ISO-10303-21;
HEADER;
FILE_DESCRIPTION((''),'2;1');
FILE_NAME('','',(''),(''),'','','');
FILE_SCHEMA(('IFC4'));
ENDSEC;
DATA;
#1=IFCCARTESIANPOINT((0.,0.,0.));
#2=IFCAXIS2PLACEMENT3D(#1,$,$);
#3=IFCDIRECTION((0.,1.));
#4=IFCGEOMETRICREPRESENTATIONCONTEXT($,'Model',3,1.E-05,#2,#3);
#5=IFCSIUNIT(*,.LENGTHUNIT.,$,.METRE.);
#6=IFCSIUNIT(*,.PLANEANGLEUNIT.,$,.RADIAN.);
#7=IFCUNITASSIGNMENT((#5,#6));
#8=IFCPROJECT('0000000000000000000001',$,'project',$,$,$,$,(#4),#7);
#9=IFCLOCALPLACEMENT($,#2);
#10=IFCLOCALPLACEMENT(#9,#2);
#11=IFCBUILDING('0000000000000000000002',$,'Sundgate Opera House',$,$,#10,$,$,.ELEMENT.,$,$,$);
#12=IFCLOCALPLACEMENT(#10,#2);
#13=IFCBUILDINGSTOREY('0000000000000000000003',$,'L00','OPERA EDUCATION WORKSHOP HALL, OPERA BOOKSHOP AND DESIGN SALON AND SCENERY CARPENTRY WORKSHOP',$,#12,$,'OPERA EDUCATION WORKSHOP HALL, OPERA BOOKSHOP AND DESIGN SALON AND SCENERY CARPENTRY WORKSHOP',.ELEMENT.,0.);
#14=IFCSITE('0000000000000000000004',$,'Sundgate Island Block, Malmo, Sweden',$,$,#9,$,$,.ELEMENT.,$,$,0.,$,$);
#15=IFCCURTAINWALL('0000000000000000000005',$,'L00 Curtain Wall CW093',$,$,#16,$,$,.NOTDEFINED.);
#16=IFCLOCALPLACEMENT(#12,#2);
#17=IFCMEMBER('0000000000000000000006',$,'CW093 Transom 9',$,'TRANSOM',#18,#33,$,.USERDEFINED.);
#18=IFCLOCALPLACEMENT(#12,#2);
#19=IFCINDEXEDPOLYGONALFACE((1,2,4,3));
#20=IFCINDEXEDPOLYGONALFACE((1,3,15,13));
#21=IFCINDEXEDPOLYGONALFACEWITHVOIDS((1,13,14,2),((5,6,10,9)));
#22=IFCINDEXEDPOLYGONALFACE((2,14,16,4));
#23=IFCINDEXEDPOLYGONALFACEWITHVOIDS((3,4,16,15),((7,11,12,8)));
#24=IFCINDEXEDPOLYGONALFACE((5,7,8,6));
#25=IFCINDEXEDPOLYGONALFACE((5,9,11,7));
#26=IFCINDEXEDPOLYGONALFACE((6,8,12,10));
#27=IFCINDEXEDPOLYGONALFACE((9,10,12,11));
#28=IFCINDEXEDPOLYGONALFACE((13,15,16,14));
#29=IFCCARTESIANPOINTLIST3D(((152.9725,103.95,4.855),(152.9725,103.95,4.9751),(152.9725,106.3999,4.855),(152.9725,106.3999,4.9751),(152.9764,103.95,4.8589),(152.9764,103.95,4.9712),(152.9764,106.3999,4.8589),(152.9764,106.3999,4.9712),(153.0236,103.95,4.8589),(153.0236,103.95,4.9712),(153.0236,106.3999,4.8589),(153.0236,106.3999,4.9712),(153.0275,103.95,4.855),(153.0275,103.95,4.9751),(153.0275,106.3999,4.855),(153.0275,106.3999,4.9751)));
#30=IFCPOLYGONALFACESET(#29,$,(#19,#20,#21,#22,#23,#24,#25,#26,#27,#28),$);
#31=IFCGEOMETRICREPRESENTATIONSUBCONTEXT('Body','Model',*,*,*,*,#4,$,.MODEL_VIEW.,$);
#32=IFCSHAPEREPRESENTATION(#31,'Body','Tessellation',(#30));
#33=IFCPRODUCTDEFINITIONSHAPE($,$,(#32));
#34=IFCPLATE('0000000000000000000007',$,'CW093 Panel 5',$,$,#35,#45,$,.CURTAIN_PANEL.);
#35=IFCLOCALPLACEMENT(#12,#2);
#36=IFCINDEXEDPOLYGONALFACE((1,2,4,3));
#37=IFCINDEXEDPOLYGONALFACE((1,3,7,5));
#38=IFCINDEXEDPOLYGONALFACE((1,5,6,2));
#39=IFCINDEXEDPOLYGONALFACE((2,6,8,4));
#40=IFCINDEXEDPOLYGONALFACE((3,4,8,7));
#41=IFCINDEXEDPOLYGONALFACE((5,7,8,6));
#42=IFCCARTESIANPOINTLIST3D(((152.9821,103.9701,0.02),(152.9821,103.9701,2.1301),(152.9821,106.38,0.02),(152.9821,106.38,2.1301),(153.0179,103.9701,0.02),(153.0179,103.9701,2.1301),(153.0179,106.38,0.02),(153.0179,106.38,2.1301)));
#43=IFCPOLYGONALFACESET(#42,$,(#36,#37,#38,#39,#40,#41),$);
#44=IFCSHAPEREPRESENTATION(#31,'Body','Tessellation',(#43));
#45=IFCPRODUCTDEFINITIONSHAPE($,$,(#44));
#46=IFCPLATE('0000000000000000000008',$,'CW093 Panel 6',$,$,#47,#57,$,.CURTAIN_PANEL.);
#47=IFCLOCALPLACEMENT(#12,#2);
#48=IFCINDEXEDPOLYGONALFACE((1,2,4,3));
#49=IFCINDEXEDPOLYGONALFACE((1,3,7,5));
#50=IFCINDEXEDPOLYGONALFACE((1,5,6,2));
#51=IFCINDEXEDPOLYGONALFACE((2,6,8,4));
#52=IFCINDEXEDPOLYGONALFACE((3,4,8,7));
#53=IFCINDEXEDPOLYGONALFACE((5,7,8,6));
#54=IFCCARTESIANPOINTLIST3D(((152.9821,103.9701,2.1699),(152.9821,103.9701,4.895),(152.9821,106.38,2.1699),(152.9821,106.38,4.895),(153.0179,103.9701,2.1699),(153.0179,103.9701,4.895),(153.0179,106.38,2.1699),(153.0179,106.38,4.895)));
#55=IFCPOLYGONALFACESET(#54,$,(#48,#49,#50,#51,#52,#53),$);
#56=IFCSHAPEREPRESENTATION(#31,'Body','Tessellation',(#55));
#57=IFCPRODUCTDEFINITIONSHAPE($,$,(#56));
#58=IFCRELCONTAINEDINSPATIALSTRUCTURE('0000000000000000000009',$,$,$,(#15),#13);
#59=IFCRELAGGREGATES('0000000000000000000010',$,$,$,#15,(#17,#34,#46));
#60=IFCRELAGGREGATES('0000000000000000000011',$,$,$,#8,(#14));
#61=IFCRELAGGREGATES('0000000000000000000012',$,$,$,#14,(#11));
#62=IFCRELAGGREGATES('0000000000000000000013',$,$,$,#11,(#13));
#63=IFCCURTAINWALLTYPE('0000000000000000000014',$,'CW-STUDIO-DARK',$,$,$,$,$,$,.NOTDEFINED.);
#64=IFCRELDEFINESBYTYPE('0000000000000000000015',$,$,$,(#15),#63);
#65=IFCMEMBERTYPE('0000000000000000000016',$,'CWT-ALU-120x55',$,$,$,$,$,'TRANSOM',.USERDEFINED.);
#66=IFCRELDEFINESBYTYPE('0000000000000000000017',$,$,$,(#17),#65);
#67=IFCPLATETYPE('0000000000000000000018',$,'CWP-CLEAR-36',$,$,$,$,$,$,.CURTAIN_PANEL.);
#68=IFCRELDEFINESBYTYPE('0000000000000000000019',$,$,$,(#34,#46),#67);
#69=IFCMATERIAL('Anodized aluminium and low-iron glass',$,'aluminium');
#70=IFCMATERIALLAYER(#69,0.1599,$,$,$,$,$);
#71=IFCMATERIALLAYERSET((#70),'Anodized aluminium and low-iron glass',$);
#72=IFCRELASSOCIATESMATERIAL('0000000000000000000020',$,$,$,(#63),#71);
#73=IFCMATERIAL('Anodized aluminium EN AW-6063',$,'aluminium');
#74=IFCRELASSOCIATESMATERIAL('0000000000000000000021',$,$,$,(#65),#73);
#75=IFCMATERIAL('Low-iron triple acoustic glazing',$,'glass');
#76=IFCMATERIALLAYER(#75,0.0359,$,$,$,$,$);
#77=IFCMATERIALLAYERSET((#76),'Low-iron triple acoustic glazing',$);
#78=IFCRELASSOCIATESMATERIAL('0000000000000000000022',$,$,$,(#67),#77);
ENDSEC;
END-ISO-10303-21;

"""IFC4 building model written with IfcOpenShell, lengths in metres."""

from ifc_helpers import new_model, si_unit, direction, frame, origin, origin_2d, place, context, subcontext, project, spatial, rectangle, hollow_rectangle, extrude, material, layer, layer_set, material_profile, profile_set, type_object, element, aggregate, save


model = new_model("IFC4")

# Units and contexts
model_context = context("Model", 3, precision=1e-05, world=origin(), true_north=direction((0.0, 1.0)))
body_context = subcontext(model_context, "Body", "Model", "MODEL_VIEW")
ifc_project = project(units=[si_unit("LENGTHUNIT", "METRE"), si_unit("PLANEANGLEUNIT", "RADIAN")], contexts=[model_context])

# Site, building, storey
site_placement = place(None, origin())
site = spatial("IfcSite", under=ifc_project, at=site_placement, Name="Sundgate Island Block, Malmo, Sweden", CompositionType="ELEMENT", RefElevation=0.0)
building_placement = place(site_placement, origin())
building = spatial("IfcBuilding", under=site, at=building_placement, Name="Sundgate Opera House", CompositionType="ELEMENT")
storey_placement = place(building_placement, origin())
storey = spatial("IfcBuildingStorey", under=building, at=storey_placement, Name="L00", Description="OPERA EDUCATION WORKSHOP HALL, OPERA BOOKSHOP AND DESIGN SALON AND SCENERY CARPENTRY WORKSHOP", LongName="OPERA EDUCATION WORKSHOP HALL, OPERA BOOKSHOP AND DESIGN SALON AND SCENERY CARPENTRY WORKSHOP", CompositionType="ELEMENT", Elevation=0.0)

# Shared definitions
ifc_material_1 = material(Name="Anodized aluminium and low-iron glass", Category="aluminium")
ifc_layer_1 = layer(ifc_material_1, 0.1599)
ifc_layer_set_1 = layer_set([ifc_layer_1], Name="Anodized aluminium and low-iron glass")
curtain_wall_type = type_object("IfcCurtainWallType", Name="CW-STUDIO-DARK", PredefinedType="NOTDEFINED", material=ifc_layer_set_1)

# Curtain wall
curtain_wall_1_placement = place(storey_placement, origin())
curtain_wall_1 = element("IfcCurtainWall", 1, at=curtain_wall_1_placement, inside=storey, type_object=curtain_wall_type, Name="L00 Curtain Wall CW093", PredefinedType="NOTDEFINED")

# Member
ifc_material_2 = material(Name="Anodized aluminium EN AW-6063", Category="aluminium")
ifc_material_profile_1 = material_profile(ifc_material_2, hollow_rectangle(XDim=0.0549, YDim=0.1201, WallThickness=0.0039, at=origin_2d()), Name="CWT 120x55x4")
ifc_profile_set_1 = profile_set([ifc_material_profile_1], Name="Anodized aluminium EN AW-6063")
member_type_1 = type_object("IfcMemberType", Name="CWT-ALU-120x55", ElementType="TRANSOM", PredefinedType="USERDEFINED", material=ifc_profile_set_1)
member_1_placement = place(storey_placement, frame((153.0, 106.3999, 4.915), z_axis=(0.0, -1.0, 0.0), x_axis=(1.0, 0.0, 0.0)))
member_1 = element("IfcMember", 2, at=member_1_placement, type_object=member_type_1, Name="CW093 Transom 9", ObjectType="TRANSOM", PredefinedType="USERDEFINED", context=body_context, shape_type="SweptSolid", body=[
    extrude(hollow_rectangle(XDim=0.0549, YDim=0.1201, WallThickness=0.0039, at=origin_2d()), origin(), (0.0, 0.0, 1.0), 2.45),
])

# Plates
ifc_material_3 = material(Name="Low-iron triple acoustic glazing", Category="glass")
ifc_layer_2 = layer(ifc_material_3, 0.0359)
ifc_layer_set_2 = layer_set([ifc_layer_2], Name="Low-iron triple acoustic glazing")
plate_type = type_object("IfcPlateType", Name="CWP-CLEAR-36", PredefinedType="CURTAIN_PANEL", material=ifc_layer_set_2)
plate_1_placement = place(storey_placement, frame((153.0, 105.175, 0.02), z_axis=(0.0, 0.0, 1.0), x_axis=(0.0, -1.0, 0.0)))
plate_1 = element("IfcPlate", 3, at=plate_1_placement, type_object=plate_type, Name="CW093 Panel 5", PredefinedType="CURTAIN_PANEL", context=body_context, shape_type="SweptSolid", body=[
    extrude(rectangle(XDim=2.4099, YDim=0.0359, at=origin_2d()), origin(), (0.0, 0.0, 1.0), 2.1101),
])
plate_2_placement = place(storey_placement, frame((153.0, 105.175, 2.1699), z_axis=(0.0, 0.0, 1.0), x_axis=(0.0, -1.0, 0.0)))
plate_2 = element("IfcPlate", 4, at=plate_2_placement, type_object=plate_type, Name="CW093 Panel 6", PredefinedType="CURTAIN_PANEL", context=body_context, shape_type="SweptSolid", body=[
    extrude(rectangle(XDim=2.4099, YDim=0.0359, at=origin_2d()), origin(), (0.0, 0.0, 1.0), 2.7251),
])
aggregate(curtain_wall_1, [member_1, plate_1, plate_2])

save(model, "model.ifc")
